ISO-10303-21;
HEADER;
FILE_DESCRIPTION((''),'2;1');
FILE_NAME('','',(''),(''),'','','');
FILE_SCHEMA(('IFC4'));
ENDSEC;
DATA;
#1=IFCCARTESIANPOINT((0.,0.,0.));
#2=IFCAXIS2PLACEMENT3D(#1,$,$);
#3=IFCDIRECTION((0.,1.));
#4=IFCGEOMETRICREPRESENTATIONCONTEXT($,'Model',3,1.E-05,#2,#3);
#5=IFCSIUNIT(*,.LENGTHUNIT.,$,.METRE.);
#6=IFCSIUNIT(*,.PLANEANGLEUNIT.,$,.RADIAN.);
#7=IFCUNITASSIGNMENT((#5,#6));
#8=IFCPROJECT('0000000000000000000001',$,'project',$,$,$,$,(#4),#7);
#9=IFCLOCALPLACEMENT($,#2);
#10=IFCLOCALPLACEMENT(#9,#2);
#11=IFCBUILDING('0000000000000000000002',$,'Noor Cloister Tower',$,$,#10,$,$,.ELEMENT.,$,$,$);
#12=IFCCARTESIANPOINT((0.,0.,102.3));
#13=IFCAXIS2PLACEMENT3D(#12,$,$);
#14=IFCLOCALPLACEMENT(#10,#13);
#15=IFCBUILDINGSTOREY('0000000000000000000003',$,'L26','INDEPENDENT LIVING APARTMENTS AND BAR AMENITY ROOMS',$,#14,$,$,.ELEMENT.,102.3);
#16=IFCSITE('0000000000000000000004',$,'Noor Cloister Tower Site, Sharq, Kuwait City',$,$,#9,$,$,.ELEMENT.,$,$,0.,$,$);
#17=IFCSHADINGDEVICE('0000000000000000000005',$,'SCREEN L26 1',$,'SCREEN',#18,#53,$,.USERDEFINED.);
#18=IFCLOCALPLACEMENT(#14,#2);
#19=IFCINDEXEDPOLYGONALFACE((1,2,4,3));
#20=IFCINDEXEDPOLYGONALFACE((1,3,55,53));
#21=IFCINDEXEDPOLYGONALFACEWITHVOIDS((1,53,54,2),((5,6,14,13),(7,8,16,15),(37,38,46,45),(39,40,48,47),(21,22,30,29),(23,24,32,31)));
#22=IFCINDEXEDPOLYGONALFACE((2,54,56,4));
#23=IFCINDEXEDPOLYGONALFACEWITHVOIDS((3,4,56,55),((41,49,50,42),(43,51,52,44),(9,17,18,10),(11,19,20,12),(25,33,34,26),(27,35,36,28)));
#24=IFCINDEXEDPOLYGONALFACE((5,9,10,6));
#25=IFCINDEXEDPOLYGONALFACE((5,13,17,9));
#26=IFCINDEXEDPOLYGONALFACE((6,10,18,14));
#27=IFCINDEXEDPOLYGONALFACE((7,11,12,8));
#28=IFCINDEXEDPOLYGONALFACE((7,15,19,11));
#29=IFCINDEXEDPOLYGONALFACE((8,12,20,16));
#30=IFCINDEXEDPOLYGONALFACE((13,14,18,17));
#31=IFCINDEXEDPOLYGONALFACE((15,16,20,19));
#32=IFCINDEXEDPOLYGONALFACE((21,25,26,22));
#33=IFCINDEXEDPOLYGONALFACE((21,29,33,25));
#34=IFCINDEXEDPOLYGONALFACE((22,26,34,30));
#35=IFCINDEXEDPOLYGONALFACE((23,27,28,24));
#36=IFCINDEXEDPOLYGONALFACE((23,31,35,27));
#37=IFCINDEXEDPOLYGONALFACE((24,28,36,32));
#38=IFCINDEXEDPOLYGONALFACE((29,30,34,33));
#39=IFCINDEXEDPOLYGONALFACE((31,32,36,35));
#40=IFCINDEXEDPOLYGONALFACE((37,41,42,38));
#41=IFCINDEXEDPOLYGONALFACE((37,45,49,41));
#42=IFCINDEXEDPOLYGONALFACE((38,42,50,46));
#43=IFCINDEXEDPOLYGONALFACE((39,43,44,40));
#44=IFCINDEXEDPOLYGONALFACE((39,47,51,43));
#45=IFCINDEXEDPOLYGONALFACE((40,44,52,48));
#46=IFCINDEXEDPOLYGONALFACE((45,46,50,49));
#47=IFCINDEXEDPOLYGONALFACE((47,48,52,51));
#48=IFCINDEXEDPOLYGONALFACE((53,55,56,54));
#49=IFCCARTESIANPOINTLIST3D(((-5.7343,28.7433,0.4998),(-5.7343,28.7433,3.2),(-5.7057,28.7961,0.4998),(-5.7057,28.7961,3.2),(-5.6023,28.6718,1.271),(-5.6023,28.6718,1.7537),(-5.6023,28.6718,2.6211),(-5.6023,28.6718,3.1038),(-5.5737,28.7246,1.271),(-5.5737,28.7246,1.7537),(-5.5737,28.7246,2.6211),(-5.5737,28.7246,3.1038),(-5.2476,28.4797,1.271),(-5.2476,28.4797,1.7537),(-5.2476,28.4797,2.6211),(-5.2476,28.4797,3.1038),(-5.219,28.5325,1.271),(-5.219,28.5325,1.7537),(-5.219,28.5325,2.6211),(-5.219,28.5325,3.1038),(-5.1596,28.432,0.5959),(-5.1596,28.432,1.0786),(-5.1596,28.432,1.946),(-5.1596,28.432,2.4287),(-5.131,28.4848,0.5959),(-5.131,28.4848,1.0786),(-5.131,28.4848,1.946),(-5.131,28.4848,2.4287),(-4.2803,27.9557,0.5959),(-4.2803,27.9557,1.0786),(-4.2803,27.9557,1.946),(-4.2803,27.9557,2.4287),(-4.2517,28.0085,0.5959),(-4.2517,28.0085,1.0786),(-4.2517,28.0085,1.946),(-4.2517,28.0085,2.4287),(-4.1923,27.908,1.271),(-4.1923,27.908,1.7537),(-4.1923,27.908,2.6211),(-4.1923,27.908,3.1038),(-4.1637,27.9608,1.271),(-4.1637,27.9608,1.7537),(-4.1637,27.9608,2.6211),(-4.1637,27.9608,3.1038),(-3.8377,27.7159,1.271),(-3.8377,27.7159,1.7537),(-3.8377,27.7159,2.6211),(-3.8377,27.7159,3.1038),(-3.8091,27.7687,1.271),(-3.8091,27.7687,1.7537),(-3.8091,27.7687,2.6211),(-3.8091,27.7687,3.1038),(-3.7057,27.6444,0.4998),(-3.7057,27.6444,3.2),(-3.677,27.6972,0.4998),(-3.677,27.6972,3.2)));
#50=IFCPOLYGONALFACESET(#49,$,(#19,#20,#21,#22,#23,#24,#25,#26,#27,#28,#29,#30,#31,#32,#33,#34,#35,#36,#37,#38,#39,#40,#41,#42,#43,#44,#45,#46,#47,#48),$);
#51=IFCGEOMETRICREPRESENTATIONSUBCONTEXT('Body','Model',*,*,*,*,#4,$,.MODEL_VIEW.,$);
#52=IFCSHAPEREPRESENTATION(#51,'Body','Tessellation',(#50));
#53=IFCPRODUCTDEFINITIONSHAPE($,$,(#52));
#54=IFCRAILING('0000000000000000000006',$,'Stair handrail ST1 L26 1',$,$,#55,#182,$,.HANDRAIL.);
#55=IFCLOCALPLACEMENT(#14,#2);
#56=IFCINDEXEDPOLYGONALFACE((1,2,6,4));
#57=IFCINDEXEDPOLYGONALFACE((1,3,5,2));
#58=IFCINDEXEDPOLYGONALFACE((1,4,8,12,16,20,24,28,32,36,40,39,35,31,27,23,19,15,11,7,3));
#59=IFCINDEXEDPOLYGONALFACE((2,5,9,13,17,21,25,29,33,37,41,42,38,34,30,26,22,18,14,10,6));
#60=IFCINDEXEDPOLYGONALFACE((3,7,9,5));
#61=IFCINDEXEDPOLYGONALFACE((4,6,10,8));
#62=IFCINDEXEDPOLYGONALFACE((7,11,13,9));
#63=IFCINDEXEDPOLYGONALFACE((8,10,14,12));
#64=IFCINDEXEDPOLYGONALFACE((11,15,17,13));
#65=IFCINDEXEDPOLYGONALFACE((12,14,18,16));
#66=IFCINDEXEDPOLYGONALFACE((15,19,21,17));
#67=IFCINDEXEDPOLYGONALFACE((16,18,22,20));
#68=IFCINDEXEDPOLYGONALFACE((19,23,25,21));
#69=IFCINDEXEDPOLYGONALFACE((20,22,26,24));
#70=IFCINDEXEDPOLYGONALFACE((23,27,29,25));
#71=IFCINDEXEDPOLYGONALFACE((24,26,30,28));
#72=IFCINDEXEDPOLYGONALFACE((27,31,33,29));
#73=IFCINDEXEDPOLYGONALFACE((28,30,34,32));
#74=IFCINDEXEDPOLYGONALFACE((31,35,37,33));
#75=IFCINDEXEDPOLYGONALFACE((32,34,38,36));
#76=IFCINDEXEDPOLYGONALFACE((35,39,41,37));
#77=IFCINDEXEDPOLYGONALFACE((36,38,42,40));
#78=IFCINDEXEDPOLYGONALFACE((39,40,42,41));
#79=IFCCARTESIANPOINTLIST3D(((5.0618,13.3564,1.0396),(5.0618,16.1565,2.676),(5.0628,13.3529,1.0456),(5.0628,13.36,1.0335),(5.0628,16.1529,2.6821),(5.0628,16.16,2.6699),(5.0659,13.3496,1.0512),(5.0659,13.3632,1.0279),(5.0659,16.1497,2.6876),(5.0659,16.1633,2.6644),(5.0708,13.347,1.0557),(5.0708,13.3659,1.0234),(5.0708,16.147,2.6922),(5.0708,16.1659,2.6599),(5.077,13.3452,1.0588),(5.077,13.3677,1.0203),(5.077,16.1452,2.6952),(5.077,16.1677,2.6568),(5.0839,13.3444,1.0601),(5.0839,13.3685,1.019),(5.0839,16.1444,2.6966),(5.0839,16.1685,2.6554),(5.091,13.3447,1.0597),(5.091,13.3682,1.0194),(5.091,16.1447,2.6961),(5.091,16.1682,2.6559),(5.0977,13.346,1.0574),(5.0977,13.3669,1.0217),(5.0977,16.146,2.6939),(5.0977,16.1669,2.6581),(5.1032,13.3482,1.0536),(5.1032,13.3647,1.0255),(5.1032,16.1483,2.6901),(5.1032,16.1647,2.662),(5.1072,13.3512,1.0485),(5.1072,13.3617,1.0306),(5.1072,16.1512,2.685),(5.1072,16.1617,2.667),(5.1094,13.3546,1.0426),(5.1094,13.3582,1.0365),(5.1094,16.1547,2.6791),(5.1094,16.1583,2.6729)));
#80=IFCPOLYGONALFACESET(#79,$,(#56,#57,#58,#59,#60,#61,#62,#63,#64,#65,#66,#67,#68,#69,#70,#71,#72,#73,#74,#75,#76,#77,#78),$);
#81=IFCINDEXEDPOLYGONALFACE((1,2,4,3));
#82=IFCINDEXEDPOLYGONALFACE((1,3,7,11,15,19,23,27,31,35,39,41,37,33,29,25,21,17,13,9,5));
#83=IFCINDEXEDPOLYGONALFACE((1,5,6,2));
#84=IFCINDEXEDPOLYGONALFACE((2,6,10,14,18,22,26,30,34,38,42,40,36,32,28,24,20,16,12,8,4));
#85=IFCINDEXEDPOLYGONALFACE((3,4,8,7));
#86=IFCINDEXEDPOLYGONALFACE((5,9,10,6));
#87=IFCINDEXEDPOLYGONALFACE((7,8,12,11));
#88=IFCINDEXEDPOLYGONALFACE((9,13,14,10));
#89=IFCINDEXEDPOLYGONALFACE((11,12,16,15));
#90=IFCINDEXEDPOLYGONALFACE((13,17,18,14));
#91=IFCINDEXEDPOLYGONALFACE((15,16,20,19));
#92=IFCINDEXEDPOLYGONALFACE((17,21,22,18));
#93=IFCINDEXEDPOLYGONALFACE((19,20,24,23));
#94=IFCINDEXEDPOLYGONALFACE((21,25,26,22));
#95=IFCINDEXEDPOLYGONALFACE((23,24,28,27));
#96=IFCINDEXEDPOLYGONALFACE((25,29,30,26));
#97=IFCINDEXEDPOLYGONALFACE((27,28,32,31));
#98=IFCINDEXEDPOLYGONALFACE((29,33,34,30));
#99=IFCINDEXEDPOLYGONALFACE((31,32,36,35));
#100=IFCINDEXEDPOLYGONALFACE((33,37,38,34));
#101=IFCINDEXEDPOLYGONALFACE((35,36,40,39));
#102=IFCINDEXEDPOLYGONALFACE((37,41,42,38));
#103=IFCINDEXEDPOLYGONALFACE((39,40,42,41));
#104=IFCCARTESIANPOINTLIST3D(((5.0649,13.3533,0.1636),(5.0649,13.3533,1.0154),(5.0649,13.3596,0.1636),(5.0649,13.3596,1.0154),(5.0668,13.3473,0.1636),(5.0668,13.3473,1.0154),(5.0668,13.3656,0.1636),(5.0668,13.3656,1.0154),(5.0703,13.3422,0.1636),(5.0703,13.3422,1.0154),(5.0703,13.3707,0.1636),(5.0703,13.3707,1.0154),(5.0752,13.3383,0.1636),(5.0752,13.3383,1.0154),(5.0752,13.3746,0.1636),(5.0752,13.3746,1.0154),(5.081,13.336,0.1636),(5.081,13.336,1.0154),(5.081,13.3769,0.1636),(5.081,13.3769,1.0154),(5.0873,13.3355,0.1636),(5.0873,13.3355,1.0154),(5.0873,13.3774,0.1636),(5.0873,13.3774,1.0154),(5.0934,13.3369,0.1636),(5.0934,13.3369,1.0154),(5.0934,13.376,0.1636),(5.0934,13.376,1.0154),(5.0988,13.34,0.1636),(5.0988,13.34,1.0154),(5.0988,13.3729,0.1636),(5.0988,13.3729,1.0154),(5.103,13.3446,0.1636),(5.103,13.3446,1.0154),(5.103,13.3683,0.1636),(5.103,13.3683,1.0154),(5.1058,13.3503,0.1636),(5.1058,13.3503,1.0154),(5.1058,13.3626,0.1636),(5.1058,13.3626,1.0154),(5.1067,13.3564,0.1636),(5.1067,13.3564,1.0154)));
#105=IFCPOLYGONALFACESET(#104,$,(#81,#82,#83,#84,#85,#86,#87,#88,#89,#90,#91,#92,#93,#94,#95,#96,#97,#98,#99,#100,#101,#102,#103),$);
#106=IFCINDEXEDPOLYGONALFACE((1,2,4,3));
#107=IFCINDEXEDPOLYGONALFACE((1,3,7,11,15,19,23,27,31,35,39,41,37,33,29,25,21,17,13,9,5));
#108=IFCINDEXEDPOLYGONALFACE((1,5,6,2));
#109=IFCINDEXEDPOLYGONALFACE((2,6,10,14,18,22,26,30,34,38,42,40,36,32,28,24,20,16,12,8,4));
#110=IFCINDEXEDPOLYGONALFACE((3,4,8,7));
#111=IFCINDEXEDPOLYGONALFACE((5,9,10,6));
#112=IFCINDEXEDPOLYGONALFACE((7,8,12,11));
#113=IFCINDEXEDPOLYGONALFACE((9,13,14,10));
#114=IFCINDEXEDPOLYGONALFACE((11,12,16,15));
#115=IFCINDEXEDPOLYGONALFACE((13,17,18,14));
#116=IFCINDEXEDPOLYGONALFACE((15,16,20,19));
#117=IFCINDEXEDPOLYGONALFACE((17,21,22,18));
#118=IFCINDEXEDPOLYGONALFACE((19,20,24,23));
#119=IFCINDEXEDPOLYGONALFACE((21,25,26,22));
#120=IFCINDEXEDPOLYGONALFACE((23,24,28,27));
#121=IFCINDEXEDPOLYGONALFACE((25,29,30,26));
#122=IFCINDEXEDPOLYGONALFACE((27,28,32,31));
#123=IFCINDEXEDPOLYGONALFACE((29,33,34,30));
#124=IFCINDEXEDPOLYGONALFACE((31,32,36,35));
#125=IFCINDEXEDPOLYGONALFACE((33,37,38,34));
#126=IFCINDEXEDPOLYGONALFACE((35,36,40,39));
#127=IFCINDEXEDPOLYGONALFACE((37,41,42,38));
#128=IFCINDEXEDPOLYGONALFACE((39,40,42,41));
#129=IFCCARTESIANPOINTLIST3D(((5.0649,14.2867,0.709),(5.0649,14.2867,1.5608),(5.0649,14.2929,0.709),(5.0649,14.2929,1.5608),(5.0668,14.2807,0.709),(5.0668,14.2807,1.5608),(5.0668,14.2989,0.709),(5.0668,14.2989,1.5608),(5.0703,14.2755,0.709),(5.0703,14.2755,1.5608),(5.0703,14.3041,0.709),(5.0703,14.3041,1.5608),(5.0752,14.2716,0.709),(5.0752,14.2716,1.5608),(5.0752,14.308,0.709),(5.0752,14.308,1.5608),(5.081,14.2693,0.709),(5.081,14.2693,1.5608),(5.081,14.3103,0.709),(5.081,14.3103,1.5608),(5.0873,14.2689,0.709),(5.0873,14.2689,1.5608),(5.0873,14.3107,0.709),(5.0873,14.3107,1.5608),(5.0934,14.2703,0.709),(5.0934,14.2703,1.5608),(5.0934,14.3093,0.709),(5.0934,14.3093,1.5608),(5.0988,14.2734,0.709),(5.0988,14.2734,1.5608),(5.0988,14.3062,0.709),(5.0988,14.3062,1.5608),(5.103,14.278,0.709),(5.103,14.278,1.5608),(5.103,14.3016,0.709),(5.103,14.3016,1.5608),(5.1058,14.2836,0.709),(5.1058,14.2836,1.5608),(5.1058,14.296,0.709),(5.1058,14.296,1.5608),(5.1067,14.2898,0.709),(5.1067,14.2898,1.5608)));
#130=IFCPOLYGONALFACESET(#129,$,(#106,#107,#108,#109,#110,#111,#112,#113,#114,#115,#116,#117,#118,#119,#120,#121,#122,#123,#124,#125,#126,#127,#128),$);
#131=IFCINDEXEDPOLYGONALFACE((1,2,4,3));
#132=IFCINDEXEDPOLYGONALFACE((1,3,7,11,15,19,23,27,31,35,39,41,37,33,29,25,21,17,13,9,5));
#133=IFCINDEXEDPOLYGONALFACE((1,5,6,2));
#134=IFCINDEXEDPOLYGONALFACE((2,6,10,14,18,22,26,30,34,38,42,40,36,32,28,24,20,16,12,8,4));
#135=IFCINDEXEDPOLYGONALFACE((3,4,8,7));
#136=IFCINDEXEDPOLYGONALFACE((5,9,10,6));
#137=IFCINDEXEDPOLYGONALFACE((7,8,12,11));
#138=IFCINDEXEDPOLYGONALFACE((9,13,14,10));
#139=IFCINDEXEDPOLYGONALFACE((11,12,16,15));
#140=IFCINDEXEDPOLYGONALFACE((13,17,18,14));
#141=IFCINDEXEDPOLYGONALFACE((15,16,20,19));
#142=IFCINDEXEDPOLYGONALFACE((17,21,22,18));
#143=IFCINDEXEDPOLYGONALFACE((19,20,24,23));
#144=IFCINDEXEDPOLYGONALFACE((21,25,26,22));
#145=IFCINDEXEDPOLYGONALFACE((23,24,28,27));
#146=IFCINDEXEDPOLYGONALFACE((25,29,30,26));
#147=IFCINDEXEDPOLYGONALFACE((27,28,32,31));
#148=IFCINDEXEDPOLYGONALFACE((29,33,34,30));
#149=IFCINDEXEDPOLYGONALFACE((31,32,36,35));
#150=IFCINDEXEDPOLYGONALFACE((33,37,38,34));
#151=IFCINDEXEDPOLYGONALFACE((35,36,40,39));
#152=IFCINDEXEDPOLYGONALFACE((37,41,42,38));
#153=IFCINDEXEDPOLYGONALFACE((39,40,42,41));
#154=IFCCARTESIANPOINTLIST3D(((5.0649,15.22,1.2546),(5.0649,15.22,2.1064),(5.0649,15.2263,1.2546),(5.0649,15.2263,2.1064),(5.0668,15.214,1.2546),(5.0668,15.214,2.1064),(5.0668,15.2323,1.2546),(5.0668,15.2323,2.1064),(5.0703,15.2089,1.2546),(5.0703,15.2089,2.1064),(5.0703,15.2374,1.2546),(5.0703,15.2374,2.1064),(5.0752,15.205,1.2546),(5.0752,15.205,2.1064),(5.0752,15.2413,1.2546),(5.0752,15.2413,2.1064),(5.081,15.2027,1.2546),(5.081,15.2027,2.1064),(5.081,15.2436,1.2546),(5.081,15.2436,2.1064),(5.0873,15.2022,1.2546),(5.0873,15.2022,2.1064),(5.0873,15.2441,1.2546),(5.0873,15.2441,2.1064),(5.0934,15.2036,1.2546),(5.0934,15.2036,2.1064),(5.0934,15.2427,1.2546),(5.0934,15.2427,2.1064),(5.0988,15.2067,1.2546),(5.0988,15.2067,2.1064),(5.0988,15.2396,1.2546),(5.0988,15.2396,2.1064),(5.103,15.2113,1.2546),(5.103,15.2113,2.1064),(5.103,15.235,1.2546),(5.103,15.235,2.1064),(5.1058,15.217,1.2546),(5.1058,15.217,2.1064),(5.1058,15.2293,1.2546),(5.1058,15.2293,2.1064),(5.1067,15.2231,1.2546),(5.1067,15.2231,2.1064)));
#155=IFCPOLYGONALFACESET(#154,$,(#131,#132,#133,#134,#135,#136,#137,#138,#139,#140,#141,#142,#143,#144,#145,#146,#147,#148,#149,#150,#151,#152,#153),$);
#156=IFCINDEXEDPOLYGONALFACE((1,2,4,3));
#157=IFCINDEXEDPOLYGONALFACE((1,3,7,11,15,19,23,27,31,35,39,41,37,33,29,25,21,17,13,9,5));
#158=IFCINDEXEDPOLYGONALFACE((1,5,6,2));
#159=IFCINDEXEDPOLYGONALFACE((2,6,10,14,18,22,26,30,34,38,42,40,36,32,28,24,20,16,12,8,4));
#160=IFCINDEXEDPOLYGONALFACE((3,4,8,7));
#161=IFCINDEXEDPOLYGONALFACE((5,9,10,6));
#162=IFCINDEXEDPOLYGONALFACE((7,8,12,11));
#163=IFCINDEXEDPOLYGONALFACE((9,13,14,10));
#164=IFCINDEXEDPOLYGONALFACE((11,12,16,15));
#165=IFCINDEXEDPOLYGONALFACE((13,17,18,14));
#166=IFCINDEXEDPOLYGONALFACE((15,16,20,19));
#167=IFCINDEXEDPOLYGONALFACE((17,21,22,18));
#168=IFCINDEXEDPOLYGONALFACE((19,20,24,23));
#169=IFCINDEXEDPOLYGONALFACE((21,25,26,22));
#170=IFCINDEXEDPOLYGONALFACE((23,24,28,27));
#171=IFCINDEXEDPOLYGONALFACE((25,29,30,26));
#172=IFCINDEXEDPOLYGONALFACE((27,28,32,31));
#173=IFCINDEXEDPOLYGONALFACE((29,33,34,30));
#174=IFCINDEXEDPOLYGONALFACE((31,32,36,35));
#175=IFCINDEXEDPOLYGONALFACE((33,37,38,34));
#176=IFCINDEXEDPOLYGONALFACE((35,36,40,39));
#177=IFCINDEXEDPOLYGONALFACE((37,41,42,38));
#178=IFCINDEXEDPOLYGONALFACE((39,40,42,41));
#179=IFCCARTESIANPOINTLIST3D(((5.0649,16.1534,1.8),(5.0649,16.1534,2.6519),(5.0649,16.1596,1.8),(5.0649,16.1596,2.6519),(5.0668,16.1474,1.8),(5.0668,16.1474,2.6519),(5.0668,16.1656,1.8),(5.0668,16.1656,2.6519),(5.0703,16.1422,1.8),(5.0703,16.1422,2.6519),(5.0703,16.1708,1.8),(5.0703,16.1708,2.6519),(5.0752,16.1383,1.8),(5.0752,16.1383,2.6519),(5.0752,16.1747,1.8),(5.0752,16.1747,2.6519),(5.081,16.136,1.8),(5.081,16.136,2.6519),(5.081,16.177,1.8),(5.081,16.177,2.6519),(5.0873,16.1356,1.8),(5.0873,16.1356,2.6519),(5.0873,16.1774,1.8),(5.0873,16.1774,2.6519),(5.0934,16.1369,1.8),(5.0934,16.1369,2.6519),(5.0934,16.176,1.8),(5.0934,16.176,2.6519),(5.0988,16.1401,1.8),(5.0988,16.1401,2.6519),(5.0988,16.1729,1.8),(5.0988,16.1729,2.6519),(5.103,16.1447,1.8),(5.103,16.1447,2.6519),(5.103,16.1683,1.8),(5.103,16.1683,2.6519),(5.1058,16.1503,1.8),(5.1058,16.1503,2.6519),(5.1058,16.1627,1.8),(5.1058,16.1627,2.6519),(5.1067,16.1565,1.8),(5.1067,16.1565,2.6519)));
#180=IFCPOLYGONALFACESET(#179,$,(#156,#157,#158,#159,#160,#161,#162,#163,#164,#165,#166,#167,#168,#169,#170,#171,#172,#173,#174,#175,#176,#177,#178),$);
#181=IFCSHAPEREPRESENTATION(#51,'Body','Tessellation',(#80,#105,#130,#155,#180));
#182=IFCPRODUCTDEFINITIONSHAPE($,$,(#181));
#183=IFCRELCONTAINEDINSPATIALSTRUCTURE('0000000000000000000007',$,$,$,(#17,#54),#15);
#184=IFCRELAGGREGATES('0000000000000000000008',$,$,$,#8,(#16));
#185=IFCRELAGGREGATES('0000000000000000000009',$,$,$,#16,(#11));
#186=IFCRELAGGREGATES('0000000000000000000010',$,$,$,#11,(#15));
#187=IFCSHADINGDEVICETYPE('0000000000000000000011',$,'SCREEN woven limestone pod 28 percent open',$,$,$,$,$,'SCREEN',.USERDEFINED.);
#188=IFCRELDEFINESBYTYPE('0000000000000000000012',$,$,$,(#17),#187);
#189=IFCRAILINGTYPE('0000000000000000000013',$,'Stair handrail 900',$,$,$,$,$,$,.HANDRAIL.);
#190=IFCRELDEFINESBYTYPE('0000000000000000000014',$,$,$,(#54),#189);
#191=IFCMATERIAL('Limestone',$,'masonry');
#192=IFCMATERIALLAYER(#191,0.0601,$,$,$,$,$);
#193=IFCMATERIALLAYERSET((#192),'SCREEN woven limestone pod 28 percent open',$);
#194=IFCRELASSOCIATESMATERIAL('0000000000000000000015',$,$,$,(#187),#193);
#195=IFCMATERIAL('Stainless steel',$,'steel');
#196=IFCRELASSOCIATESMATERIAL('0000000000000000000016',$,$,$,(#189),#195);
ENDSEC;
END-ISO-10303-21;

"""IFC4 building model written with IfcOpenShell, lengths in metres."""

from ifc_helpers import new_model, si_unit, direction, frame, origin, origin_2d, place, context, subcontext, project, spatial, polyline, circle, outline, extrude, material, layer, layer_set, type_object, element, save


model = new_model("IFC4")

# Units and contexts
model_context = context("Model", 3, precision=1e-05, world=origin(), true_north=direction((0.0, 1.0)))
body_context = subcontext(model_context, "Body", "Model", "MODEL_VIEW")
ifc_project = project(units=[si_unit("LENGTHUNIT", "METRE"), si_unit("PLANEANGLEUNIT", "RADIAN")], contexts=[model_context])

# Site, building, storey
site_placement = place(None, origin())
site = spatial("IfcSite", under=ifc_project, at=site_placement, Name="Noor Cloister Tower Site, Sharq, Kuwait City", CompositionType="ELEMENT", RefElevation=0.0)
building_placement = place(site_placement, origin())
building = spatial("IfcBuilding", under=site, at=building_placement, Name="Noor Cloister Tower", CompositionType="ELEMENT")
storey_placement = place(building_placement, frame((0.0, 0.0, 102.3)))
storey = spatial("IfcBuildingStorey", under=building, at=storey_placement, Name="L26", Description="INDEPENDENT LIVING APARTMENTS AND BAR AMENITY ROOMS", CompositionType="ELEMENT", Elevation=102.3)

# Shading device
ifc_material_1 = material(Name="Limestone", Category="masonry")
ifc_layer_1 = layer(ifc_material_1, 0.0601)
ifc_layer_set_1 = layer_set([ifc_layer_1], Name="SCREEN woven limestone pod 28 percent open")
shading_device_type = type_object("IfcShadingDeviceType", Name="SCREEN woven limestone pod 28 percent open", ElementType="SCREEN", PredefinedType="USERDEFINED", material=ifc_layer_set_1)
shading_device_placement = place(storey_placement, frame((-4.72, 28.1938, 1.8499), z_axis=(0.476283, 0.879292, 0.0), x_axis=(-0.879292, 0.476283, 0.0)))
element("IfcShadingDevice", 1, at=shading_device_placement, inside=storey, type_object=shading_device_type, Name="SCREEN L26 1", ObjectType="SCREEN", PredefinedType="USERDEFINED", context=body_context, shape_type="SweptSolid", body=[
    extrude(outline(polyline([(-1.1536, -1.3501), (1.1536, -1.3501), (1.1536, 1.3501), (-1.1536, 1.3501), (-1.1536, -1.3501)]), holes=[polyline([(-0.5, -1.2539), (0.5, -1.2539), (0.5, -0.7712), (-0.5, -0.7712), (-0.5, -1.2539)]), polyline([(0.6001, -0.5789), (1.0034, -0.5789), (1.0034, -0.0962), (0.6001, -0.0962), (0.6001, -0.5789)]), polyline([(-1.0034, -0.5789), (-0.6001, -0.5789), (-0.6001, -0.0962), (-1.0034, -0.0962), (-1.0034, -0.5789)]), polyline([(-0.5, 0.0962), (0.5, 0.0962), (0.5, 0.5789), (-0.5, 0.5789), (-0.5, 0.0962)]), polyline([(0.6001, 0.7712), (1.0034, 0.7712), (1.0034, 1.2539), (0.6001, 1.2539), (0.6001, 0.7712)]), polyline([(-1.0034, 0.7712), (-0.6001, 0.7712), (-0.6001, 1.2539), (-1.0034, 1.2539), (-1.0034, 0.7712)])]), origin(), (0.0, 0.0, 1.0), 0.0601),
])

# Railing
ifc_material_2 = material(Name="Stainless steel", Category="steel")
railing_type_1 = type_object("IfcRailingType", Name="Stair handrail 900", PredefinedType="HANDRAIL", material=ifc_material_2)
railing_1_placement = place(storey_placement, frame((5.0857, 13.3564, 0.1636)))
element("IfcRailing", 2, at=railing_1_placement, inside=storey, type_object=railing_type_1, Name="Stair handrail ST1 L26 1", PredefinedType="HANDRAIL", context=body_context, shape_type="SweptSolid", body=[
    extrude(circle(Radius=0.0239, at=origin_2d()), frame((0.0, 0.0, 0.876), z_axis=(0.0, 0.863361, 0.504587), x_axis=(-1.0, 0.0, 0.0)), (0.0, 0.0, 1.0), 3.2432),
    extrude(circle(Radius=0.021, at=origin_2d()), origin(), (0.0, 0.0, 1.0), 0.8518),
    extrude(circle(Radius=0.021, at=origin_2d()), frame((0.0, 0.9333, 0.5454)), (0.0, 0.0, 1.0), 0.8518),
    extrude(circle(Radius=0.021, at=origin_2d()), frame((0.0, 1.8667, 1.0911)), (0.0, 0.0, 1.0), 0.8518),
    extrude(circle(Radius=0.021, at=origin_2d()), frame((0.0, 2.8, 1.6365)), (0.0, 0.0, 1.0), 0.8518),
])

save(model, "model.ifc")
